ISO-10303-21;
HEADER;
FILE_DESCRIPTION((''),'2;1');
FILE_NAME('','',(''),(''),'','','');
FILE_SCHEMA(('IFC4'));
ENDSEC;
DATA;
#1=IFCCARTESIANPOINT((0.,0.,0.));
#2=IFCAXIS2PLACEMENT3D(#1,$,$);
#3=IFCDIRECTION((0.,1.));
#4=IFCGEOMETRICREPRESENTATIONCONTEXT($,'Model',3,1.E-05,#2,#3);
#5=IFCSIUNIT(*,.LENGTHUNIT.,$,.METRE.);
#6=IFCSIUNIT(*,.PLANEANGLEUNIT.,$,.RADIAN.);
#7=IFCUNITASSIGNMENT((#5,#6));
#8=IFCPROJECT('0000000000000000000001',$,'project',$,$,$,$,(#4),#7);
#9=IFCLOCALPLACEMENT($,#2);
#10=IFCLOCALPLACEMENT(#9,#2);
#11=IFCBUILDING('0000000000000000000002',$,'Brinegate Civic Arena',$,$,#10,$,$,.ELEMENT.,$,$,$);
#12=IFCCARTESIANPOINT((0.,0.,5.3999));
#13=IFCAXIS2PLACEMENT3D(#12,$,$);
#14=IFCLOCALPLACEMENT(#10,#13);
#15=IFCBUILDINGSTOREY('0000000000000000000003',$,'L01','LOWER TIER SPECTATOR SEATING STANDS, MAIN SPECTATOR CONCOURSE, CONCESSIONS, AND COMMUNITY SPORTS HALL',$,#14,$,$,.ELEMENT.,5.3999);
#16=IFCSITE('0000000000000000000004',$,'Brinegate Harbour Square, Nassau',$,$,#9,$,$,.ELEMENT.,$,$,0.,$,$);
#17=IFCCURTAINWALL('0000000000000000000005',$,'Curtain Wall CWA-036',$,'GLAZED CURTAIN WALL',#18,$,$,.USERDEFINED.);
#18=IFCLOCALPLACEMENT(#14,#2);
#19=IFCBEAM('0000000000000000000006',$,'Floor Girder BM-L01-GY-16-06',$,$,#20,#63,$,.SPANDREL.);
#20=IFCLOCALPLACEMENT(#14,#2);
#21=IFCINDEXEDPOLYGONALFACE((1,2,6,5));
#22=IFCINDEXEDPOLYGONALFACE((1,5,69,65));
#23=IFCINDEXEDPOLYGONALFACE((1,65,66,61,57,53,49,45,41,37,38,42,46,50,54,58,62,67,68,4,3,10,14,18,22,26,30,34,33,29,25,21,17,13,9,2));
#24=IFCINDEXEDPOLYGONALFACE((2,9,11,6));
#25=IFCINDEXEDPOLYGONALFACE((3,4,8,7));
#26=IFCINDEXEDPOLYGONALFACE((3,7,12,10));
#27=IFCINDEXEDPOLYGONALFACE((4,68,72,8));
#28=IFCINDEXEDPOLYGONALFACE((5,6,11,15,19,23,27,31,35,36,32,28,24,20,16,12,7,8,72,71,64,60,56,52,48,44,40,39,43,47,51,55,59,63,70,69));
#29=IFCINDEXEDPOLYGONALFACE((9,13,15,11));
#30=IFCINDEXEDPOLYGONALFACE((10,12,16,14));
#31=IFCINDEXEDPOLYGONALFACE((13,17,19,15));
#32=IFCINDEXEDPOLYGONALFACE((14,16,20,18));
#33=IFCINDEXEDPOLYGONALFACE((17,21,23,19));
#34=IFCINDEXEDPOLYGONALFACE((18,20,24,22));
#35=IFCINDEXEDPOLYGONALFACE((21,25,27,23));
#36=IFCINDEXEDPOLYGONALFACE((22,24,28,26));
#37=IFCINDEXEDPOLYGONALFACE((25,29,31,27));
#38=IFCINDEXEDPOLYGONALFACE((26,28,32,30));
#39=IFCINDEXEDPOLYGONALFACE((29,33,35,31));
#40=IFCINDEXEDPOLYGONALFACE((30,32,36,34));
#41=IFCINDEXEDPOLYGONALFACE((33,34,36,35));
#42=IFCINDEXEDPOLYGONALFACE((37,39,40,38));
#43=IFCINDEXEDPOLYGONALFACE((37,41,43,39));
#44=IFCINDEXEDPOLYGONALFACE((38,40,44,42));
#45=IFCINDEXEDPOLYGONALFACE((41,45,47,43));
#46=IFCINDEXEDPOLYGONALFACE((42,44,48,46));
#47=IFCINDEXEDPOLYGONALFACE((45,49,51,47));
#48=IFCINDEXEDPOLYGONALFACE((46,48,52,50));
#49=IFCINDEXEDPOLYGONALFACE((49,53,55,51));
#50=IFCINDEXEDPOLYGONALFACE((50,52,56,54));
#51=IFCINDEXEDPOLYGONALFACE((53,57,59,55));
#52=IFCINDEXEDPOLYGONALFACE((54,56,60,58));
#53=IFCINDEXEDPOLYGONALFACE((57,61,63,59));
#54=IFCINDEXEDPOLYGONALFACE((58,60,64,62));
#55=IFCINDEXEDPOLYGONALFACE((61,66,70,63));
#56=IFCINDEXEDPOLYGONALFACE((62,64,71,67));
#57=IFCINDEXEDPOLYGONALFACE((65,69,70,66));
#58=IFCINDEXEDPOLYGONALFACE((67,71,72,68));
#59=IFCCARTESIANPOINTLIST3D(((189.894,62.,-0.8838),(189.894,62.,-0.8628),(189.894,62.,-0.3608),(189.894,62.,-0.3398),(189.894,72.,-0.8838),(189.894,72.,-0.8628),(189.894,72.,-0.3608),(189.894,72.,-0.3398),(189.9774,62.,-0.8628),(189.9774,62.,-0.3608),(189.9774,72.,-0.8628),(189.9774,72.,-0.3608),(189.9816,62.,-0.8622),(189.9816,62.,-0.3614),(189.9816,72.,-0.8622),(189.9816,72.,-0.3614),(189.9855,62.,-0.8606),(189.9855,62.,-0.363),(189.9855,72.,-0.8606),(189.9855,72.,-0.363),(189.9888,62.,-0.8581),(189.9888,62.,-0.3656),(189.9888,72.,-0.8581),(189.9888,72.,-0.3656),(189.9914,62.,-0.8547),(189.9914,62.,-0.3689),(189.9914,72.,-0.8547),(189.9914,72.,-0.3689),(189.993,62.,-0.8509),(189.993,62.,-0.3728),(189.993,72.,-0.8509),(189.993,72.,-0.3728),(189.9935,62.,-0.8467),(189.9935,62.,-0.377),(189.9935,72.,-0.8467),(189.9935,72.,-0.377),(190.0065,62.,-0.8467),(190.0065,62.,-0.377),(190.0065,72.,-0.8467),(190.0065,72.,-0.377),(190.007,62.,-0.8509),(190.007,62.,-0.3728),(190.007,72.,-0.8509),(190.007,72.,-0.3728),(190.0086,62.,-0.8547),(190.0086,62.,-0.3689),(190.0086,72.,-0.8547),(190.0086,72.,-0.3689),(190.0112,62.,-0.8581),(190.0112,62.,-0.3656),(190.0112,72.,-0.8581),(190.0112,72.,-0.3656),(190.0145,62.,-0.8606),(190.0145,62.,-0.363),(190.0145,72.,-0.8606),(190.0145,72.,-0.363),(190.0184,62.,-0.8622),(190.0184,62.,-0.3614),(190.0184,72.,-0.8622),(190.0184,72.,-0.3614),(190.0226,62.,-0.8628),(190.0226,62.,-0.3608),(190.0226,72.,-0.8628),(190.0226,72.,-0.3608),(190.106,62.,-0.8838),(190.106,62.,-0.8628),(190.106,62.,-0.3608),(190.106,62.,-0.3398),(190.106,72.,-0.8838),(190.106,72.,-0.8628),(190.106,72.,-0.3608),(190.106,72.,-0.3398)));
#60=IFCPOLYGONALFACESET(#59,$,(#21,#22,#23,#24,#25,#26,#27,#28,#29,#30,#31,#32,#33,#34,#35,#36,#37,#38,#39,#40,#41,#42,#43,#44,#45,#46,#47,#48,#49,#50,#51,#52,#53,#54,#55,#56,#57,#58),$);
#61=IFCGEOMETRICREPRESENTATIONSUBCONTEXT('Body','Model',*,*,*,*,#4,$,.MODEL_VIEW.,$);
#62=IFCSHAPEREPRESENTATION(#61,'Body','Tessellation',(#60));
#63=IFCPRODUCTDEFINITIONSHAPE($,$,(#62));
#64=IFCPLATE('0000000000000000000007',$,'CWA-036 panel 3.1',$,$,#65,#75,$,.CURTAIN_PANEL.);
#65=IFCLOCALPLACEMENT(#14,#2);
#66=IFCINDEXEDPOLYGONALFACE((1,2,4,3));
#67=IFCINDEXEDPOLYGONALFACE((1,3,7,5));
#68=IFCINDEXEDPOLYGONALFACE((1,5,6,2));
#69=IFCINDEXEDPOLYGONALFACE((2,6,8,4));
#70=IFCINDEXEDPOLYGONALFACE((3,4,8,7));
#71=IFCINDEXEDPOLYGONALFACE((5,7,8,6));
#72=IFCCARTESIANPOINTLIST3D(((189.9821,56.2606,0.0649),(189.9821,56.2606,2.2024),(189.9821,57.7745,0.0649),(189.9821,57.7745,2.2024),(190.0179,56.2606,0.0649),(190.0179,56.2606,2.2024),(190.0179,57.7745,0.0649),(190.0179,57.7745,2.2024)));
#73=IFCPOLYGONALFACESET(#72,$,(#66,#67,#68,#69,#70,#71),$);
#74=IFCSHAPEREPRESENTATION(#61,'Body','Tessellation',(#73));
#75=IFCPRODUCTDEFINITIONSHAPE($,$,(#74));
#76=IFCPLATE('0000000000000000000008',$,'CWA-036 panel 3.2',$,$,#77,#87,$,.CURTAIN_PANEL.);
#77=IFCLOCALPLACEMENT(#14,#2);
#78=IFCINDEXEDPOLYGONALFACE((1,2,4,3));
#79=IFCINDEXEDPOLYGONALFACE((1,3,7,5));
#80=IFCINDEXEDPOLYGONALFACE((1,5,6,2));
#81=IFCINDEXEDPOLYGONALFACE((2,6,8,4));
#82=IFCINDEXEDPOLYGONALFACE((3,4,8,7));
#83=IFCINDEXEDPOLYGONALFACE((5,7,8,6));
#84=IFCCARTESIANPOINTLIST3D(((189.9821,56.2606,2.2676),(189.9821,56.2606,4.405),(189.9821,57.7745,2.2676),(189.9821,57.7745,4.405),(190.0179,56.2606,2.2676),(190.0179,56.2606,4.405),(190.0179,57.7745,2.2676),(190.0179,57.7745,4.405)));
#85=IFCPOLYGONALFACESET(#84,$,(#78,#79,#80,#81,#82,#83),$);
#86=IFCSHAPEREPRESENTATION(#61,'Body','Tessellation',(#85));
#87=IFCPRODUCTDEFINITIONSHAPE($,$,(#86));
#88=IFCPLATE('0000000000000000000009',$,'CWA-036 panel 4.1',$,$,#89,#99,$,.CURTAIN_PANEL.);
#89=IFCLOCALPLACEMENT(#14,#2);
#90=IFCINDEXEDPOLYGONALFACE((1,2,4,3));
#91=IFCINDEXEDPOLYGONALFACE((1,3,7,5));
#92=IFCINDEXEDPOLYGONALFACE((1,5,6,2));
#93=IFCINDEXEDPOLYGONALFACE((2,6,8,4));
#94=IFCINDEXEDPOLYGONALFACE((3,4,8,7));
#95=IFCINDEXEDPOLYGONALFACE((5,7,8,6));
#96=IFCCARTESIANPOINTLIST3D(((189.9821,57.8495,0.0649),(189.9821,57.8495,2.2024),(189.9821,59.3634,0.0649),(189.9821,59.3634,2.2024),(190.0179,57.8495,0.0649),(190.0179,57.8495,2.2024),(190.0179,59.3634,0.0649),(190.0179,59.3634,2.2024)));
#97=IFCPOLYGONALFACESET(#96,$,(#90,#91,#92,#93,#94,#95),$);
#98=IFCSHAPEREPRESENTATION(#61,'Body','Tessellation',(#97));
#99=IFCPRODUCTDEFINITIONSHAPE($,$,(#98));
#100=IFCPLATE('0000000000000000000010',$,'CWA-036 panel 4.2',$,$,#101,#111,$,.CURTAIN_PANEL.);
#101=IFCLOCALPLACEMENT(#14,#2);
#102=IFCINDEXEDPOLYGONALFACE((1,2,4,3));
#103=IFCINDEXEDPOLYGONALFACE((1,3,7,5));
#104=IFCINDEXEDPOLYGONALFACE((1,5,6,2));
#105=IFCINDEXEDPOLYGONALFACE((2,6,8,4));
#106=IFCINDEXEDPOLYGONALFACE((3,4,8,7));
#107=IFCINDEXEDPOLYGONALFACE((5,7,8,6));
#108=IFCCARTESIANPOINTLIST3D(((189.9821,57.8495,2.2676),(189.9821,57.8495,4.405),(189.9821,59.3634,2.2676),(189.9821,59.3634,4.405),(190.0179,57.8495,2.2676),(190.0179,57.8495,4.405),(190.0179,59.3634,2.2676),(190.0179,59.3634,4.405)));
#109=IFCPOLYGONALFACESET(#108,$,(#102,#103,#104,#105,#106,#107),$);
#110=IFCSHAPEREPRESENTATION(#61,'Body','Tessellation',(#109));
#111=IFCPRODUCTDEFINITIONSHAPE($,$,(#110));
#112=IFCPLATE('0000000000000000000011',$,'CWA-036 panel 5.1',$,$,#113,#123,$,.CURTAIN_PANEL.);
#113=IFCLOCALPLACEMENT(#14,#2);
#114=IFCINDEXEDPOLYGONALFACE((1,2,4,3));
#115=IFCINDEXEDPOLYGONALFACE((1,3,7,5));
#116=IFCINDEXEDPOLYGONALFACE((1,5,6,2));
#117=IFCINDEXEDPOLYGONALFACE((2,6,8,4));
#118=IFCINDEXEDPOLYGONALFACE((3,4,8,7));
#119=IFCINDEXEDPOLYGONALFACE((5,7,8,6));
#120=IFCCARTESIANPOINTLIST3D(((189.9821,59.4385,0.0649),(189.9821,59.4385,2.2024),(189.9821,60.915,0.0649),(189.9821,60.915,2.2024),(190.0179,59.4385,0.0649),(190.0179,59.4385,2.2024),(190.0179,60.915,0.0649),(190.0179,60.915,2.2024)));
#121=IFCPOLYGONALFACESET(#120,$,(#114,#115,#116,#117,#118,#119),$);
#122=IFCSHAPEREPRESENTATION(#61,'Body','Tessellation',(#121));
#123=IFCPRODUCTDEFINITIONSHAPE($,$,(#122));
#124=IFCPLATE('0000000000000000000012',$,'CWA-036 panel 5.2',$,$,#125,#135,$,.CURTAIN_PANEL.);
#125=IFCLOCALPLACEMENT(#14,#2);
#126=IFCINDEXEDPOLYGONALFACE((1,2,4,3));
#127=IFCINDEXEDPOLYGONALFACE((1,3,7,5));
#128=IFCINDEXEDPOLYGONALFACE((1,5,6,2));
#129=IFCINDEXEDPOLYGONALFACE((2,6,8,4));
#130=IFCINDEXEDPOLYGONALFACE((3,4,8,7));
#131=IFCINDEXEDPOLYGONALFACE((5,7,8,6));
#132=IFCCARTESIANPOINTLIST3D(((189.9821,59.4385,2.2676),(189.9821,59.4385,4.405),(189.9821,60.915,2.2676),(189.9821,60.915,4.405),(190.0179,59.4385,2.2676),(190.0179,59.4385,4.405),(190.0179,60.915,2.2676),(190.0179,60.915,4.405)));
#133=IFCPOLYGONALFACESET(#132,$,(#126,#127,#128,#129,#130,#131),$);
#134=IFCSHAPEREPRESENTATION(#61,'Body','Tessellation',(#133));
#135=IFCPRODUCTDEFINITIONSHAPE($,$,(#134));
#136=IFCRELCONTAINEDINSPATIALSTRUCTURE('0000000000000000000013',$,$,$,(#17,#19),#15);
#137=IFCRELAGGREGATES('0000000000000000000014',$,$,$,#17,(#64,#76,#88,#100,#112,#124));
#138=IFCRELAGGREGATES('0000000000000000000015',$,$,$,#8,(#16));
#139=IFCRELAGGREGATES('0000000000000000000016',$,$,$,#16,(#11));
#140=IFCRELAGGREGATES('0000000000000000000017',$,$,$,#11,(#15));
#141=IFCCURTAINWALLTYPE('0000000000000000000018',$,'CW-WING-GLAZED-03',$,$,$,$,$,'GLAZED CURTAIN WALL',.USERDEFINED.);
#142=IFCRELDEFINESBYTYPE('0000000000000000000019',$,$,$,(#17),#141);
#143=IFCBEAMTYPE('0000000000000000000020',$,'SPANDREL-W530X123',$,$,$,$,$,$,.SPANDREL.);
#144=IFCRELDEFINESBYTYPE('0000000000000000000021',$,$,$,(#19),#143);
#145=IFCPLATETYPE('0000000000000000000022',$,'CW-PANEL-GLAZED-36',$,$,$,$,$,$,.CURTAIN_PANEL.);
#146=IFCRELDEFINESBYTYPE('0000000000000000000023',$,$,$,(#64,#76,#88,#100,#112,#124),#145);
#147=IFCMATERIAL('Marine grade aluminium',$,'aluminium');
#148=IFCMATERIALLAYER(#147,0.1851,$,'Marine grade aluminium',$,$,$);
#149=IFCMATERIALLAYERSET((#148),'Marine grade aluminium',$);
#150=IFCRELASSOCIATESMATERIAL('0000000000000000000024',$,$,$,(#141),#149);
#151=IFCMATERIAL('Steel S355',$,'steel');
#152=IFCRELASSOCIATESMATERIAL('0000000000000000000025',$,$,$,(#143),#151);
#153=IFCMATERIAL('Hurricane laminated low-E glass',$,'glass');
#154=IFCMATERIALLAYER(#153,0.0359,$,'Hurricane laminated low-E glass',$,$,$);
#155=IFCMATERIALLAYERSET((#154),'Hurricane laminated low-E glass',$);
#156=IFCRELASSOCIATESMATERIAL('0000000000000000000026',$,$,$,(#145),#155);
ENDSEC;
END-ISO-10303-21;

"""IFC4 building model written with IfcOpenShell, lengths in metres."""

from ifc_helpers import new_model, si_unit, direction, frame, origin, origin_2d, place, context, subcontext, project, spatial, rectangle, i_section, extrude, material, layer, layer_set, material_profile, profile_set, type_object, element, aggregate, save


model = new_model("IFC4")

# Units and contexts
model_context = context("Model", 3, precision=1e-05, world=origin(), true_north=direction((0.0, 1.0)))
body_context = subcontext(model_context, "Body", "Model", "MODEL_VIEW")
ifc_project = project(units=[si_unit("LENGTHUNIT", "METRE"), si_unit("PLANEANGLEUNIT", "RADIAN")], contexts=[model_context])

# Site, building, storey
site_placement = place(None, origin())
site = spatial("IfcSite", under=ifc_project, at=site_placement, Name="Brinegate Harbour Square, Nassau", CompositionType="ELEMENT", RefElevation=0.0)
building_placement = place(site_placement, origin())
building = spatial("IfcBuilding", under=site, at=building_placement, Name="Brinegate Civic Arena", CompositionType="ELEMENT")
storey_placement = place(building_placement, frame((0.0, 0.0, 5.3999)))
storey = spatial("IfcBuildingStorey", under=building, at=storey_placement, Name="L01", Description="LOWER TIER SPECTATOR SEATING STANDS, MAIN SPECTATOR CONCOURSE, CONCESSIONS, AND COMMUNITY SPORTS HALL", CompositionType="ELEMENT", Elevation=5.3999)

# Curtain wall
ifc_material_1 = material(Name="Marine grade aluminium", Category="aluminium")
ifc_layer_1 = layer(ifc_material_1, 0.1851, Name="Marine grade aluminium")
ifc_layer_set_1 = layer_set([ifc_layer_1], Name="Marine grade aluminium")
curtain_wall_type = type_object("IfcCurtainWallType", Name="CW-WING-GLAZED-03", ElementType="GLAZED CURTAIN WALL", PredefinedType="USERDEFINED", material=ifc_layer_set_1)
curtain_wall_1_placement = place(storey_placement, origin())
curtain_wall_1 = element("IfcCurtainWall", 1, at=curtain_wall_1_placement, inside=storey, type_object=curtain_wall_type, Name="Curtain Wall CWA-036", ObjectType="GLAZED CURTAIN WALL", PredefinedType="USERDEFINED")

# Beam
ifc_material_2 = material(Name="Steel S355", Category="steel")
ifc_material_profile_1 = material_profile(ifc_material_2, i_section(OverallWidth=0.2119, OverallDepth=0.5439, WebThickness=0.0129, FlangeThickness=0.021, FilletRadius=0.0161, at=origin_2d()), Name="W530X123")
ifc_profile_set_1 = profile_set([ifc_material_profile_1], Name="Steel S355")
beam_type_1 = type_object("IfcBeamType", Name="SPANDREL-W530X123", PredefinedType="SPANDREL", material=ifc_profile_set_1)
beam_1_placement = place(storey_placement, frame((190.0, 62.0, -0.6118), z_axis=(0.0, 1.0, 0.0), x_axis=(-1.0, 0.0, 0.0)))
element("IfcBeam", 2, at=beam_1_placement, inside=storey, type_object=beam_type_1, Name="Floor Girder BM-L01-GY-16-06", PredefinedType="SPANDREL", context=body_context, shape_type="SweptSolid", body=[
    extrude(i_section(OverallWidth=0.2119, OverallDepth=0.5439, WebThickness=0.0129, FlangeThickness=0.021, FilletRadius=0.0161, at=origin_2d()), origin(), (0.0, 0.0, 1.0), 10.0),
])

# Plates
ifc_material_3 = material(Name="Hurricane laminated low-E glass", Category="glass")
ifc_layer_2 = layer(ifc_material_3, 0.0359, Name="Hurricane laminated low-E glass")
ifc_layer_set_2 = layer_set([ifc_layer_2], Name="Hurricane laminated low-E glass")
plate_type = type_object("IfcPlateType", Name="CW-PANEL-GLAZED-36", PredefinedType="CURTAIN_PANEL", material=ifc_layer_set_2)
plate_1_placement = place(storey_placement, frame((190.0, 57.0176, 0.0649), z_axis=(0.0, 0.0, 1.0), x_axis=(0.0, 1.0, 0.0)))
plate_1 = element("IfcPlate", 3, at=plate_1_placement, type_object=plate_type, Name="CWA-036 panel 3.1", PredefinedType="CURTAIN_PANEL", context=body_context, shape_type="SweptSolid", body=[
    extrude(rectangle(XDim=1.5139, YDim=0.0359, at=origin_2d()), origin(), (0.0, 0.0, 1.0), 2.1375),
])
plate_2_placement = place(storey_placement, frame((190.0, 57.0176, 2.2676), z_axis=(0.0, 0.0, 1.0), x_axis=(0.0, 1.0, 0.0)))
plate_2 = element("IfcPlate", 4, at=plate_2_placement, type_object=plate_type, Name="CWA-036 panel 3.2", PredefinedType="CURTAIN_PANEL", context=body_context, shape_type="SweptSolid", body=[
    extrude(rectangle(XDim=1.5139, YDim=0.0359, at=origin_2d()), origin(), (0.0, 0.0, 1.0), 2.1375),
])
plate_3_placement = place(storey_placement, frame((190.0, 58.6064, 0.0649), z_axis=(0.0, 0.0, 1.0), x_axis=(0.0, 1.0, 0.0)))
plate_3 = element("IfcPlate", 5, at=plate_3_placement, type_object=plate_type, Name="CWA-036 panel 4.1", PredefinedType="CURTAIN_PANEL", context=body_context, shape_type="SweptSolid", body=[
    extrude(rectangle(XDim=1.5139, YDim=0.0359, at=origin_2d()), origin(), (0.0, 0.0, 1.0), 2.1375),
])
plate_4_placement = place(storey_placement, frame((190.0, 58.6064, 2.2676), z_axis=(0.0, 0.0, 1.0), x_axis=(0.0, 1.0, 0.0)))
plate_4 = element("IfcPlate", 6, at=plate_4_placement, type_object=plate_type, Name="CWA-036 panel 4.2", PredefinedType="CURTAIN_PANEL", context=body_context, shape_type="SweptSolid", body=[
    extrude(rectangle(XDim=1.5139, YDim=0.0359, at=origin_2d()), origin(), (0.0, 0.0, 1.0), 2.1375),
])
plate_5_placement = place(storey_placement, frame((190.0, 60.1768, 0.0649), z_axis=(0.0, 0.0, 1.0), x_axis=(0.0, 1.0, 0.0)))
plate_5 = element("IfcPlate", 7, at=plate_5_placement, type_object=plate_type, Name="CWA-036 panel 5.1", PredefinedType="CURTAIN_PANEL", context=body_context, shape_type="SweptSolid", body=[
    extrude(rectangle(XDim=1.4766, YDim=0.0359, at=origin_2d()), origin(), (0.0, 0.0, 1.0), 2.1375),
])
plate_6_placement = place(storey_placement, frame((190.0, 60.1768, 2.2676), z_axis=(0.0, 0.0, 1.0), x_axis=(0.0, 1.0, 0.0)))
plate_6 = element("IfcPlate", 8, at=plate_6_placement, type_object=plate_type, Name="CWA-036 panel 5.2", PredefinedType="CURTAIN_PANEL", context=body_context, shape_type="SweptSolid", body=[
    extrude(rectangle(XDim=1.4766, YDim=0.0359, at=origin_2d()), origin(), (0.0, 0.0, 1.0), 2.1375),
])
aggregate(curtain_wall_1, [plate_1, plate_2, plate_3, plate_4, plate_5, plate_6])

save(model, "model.ifc")
